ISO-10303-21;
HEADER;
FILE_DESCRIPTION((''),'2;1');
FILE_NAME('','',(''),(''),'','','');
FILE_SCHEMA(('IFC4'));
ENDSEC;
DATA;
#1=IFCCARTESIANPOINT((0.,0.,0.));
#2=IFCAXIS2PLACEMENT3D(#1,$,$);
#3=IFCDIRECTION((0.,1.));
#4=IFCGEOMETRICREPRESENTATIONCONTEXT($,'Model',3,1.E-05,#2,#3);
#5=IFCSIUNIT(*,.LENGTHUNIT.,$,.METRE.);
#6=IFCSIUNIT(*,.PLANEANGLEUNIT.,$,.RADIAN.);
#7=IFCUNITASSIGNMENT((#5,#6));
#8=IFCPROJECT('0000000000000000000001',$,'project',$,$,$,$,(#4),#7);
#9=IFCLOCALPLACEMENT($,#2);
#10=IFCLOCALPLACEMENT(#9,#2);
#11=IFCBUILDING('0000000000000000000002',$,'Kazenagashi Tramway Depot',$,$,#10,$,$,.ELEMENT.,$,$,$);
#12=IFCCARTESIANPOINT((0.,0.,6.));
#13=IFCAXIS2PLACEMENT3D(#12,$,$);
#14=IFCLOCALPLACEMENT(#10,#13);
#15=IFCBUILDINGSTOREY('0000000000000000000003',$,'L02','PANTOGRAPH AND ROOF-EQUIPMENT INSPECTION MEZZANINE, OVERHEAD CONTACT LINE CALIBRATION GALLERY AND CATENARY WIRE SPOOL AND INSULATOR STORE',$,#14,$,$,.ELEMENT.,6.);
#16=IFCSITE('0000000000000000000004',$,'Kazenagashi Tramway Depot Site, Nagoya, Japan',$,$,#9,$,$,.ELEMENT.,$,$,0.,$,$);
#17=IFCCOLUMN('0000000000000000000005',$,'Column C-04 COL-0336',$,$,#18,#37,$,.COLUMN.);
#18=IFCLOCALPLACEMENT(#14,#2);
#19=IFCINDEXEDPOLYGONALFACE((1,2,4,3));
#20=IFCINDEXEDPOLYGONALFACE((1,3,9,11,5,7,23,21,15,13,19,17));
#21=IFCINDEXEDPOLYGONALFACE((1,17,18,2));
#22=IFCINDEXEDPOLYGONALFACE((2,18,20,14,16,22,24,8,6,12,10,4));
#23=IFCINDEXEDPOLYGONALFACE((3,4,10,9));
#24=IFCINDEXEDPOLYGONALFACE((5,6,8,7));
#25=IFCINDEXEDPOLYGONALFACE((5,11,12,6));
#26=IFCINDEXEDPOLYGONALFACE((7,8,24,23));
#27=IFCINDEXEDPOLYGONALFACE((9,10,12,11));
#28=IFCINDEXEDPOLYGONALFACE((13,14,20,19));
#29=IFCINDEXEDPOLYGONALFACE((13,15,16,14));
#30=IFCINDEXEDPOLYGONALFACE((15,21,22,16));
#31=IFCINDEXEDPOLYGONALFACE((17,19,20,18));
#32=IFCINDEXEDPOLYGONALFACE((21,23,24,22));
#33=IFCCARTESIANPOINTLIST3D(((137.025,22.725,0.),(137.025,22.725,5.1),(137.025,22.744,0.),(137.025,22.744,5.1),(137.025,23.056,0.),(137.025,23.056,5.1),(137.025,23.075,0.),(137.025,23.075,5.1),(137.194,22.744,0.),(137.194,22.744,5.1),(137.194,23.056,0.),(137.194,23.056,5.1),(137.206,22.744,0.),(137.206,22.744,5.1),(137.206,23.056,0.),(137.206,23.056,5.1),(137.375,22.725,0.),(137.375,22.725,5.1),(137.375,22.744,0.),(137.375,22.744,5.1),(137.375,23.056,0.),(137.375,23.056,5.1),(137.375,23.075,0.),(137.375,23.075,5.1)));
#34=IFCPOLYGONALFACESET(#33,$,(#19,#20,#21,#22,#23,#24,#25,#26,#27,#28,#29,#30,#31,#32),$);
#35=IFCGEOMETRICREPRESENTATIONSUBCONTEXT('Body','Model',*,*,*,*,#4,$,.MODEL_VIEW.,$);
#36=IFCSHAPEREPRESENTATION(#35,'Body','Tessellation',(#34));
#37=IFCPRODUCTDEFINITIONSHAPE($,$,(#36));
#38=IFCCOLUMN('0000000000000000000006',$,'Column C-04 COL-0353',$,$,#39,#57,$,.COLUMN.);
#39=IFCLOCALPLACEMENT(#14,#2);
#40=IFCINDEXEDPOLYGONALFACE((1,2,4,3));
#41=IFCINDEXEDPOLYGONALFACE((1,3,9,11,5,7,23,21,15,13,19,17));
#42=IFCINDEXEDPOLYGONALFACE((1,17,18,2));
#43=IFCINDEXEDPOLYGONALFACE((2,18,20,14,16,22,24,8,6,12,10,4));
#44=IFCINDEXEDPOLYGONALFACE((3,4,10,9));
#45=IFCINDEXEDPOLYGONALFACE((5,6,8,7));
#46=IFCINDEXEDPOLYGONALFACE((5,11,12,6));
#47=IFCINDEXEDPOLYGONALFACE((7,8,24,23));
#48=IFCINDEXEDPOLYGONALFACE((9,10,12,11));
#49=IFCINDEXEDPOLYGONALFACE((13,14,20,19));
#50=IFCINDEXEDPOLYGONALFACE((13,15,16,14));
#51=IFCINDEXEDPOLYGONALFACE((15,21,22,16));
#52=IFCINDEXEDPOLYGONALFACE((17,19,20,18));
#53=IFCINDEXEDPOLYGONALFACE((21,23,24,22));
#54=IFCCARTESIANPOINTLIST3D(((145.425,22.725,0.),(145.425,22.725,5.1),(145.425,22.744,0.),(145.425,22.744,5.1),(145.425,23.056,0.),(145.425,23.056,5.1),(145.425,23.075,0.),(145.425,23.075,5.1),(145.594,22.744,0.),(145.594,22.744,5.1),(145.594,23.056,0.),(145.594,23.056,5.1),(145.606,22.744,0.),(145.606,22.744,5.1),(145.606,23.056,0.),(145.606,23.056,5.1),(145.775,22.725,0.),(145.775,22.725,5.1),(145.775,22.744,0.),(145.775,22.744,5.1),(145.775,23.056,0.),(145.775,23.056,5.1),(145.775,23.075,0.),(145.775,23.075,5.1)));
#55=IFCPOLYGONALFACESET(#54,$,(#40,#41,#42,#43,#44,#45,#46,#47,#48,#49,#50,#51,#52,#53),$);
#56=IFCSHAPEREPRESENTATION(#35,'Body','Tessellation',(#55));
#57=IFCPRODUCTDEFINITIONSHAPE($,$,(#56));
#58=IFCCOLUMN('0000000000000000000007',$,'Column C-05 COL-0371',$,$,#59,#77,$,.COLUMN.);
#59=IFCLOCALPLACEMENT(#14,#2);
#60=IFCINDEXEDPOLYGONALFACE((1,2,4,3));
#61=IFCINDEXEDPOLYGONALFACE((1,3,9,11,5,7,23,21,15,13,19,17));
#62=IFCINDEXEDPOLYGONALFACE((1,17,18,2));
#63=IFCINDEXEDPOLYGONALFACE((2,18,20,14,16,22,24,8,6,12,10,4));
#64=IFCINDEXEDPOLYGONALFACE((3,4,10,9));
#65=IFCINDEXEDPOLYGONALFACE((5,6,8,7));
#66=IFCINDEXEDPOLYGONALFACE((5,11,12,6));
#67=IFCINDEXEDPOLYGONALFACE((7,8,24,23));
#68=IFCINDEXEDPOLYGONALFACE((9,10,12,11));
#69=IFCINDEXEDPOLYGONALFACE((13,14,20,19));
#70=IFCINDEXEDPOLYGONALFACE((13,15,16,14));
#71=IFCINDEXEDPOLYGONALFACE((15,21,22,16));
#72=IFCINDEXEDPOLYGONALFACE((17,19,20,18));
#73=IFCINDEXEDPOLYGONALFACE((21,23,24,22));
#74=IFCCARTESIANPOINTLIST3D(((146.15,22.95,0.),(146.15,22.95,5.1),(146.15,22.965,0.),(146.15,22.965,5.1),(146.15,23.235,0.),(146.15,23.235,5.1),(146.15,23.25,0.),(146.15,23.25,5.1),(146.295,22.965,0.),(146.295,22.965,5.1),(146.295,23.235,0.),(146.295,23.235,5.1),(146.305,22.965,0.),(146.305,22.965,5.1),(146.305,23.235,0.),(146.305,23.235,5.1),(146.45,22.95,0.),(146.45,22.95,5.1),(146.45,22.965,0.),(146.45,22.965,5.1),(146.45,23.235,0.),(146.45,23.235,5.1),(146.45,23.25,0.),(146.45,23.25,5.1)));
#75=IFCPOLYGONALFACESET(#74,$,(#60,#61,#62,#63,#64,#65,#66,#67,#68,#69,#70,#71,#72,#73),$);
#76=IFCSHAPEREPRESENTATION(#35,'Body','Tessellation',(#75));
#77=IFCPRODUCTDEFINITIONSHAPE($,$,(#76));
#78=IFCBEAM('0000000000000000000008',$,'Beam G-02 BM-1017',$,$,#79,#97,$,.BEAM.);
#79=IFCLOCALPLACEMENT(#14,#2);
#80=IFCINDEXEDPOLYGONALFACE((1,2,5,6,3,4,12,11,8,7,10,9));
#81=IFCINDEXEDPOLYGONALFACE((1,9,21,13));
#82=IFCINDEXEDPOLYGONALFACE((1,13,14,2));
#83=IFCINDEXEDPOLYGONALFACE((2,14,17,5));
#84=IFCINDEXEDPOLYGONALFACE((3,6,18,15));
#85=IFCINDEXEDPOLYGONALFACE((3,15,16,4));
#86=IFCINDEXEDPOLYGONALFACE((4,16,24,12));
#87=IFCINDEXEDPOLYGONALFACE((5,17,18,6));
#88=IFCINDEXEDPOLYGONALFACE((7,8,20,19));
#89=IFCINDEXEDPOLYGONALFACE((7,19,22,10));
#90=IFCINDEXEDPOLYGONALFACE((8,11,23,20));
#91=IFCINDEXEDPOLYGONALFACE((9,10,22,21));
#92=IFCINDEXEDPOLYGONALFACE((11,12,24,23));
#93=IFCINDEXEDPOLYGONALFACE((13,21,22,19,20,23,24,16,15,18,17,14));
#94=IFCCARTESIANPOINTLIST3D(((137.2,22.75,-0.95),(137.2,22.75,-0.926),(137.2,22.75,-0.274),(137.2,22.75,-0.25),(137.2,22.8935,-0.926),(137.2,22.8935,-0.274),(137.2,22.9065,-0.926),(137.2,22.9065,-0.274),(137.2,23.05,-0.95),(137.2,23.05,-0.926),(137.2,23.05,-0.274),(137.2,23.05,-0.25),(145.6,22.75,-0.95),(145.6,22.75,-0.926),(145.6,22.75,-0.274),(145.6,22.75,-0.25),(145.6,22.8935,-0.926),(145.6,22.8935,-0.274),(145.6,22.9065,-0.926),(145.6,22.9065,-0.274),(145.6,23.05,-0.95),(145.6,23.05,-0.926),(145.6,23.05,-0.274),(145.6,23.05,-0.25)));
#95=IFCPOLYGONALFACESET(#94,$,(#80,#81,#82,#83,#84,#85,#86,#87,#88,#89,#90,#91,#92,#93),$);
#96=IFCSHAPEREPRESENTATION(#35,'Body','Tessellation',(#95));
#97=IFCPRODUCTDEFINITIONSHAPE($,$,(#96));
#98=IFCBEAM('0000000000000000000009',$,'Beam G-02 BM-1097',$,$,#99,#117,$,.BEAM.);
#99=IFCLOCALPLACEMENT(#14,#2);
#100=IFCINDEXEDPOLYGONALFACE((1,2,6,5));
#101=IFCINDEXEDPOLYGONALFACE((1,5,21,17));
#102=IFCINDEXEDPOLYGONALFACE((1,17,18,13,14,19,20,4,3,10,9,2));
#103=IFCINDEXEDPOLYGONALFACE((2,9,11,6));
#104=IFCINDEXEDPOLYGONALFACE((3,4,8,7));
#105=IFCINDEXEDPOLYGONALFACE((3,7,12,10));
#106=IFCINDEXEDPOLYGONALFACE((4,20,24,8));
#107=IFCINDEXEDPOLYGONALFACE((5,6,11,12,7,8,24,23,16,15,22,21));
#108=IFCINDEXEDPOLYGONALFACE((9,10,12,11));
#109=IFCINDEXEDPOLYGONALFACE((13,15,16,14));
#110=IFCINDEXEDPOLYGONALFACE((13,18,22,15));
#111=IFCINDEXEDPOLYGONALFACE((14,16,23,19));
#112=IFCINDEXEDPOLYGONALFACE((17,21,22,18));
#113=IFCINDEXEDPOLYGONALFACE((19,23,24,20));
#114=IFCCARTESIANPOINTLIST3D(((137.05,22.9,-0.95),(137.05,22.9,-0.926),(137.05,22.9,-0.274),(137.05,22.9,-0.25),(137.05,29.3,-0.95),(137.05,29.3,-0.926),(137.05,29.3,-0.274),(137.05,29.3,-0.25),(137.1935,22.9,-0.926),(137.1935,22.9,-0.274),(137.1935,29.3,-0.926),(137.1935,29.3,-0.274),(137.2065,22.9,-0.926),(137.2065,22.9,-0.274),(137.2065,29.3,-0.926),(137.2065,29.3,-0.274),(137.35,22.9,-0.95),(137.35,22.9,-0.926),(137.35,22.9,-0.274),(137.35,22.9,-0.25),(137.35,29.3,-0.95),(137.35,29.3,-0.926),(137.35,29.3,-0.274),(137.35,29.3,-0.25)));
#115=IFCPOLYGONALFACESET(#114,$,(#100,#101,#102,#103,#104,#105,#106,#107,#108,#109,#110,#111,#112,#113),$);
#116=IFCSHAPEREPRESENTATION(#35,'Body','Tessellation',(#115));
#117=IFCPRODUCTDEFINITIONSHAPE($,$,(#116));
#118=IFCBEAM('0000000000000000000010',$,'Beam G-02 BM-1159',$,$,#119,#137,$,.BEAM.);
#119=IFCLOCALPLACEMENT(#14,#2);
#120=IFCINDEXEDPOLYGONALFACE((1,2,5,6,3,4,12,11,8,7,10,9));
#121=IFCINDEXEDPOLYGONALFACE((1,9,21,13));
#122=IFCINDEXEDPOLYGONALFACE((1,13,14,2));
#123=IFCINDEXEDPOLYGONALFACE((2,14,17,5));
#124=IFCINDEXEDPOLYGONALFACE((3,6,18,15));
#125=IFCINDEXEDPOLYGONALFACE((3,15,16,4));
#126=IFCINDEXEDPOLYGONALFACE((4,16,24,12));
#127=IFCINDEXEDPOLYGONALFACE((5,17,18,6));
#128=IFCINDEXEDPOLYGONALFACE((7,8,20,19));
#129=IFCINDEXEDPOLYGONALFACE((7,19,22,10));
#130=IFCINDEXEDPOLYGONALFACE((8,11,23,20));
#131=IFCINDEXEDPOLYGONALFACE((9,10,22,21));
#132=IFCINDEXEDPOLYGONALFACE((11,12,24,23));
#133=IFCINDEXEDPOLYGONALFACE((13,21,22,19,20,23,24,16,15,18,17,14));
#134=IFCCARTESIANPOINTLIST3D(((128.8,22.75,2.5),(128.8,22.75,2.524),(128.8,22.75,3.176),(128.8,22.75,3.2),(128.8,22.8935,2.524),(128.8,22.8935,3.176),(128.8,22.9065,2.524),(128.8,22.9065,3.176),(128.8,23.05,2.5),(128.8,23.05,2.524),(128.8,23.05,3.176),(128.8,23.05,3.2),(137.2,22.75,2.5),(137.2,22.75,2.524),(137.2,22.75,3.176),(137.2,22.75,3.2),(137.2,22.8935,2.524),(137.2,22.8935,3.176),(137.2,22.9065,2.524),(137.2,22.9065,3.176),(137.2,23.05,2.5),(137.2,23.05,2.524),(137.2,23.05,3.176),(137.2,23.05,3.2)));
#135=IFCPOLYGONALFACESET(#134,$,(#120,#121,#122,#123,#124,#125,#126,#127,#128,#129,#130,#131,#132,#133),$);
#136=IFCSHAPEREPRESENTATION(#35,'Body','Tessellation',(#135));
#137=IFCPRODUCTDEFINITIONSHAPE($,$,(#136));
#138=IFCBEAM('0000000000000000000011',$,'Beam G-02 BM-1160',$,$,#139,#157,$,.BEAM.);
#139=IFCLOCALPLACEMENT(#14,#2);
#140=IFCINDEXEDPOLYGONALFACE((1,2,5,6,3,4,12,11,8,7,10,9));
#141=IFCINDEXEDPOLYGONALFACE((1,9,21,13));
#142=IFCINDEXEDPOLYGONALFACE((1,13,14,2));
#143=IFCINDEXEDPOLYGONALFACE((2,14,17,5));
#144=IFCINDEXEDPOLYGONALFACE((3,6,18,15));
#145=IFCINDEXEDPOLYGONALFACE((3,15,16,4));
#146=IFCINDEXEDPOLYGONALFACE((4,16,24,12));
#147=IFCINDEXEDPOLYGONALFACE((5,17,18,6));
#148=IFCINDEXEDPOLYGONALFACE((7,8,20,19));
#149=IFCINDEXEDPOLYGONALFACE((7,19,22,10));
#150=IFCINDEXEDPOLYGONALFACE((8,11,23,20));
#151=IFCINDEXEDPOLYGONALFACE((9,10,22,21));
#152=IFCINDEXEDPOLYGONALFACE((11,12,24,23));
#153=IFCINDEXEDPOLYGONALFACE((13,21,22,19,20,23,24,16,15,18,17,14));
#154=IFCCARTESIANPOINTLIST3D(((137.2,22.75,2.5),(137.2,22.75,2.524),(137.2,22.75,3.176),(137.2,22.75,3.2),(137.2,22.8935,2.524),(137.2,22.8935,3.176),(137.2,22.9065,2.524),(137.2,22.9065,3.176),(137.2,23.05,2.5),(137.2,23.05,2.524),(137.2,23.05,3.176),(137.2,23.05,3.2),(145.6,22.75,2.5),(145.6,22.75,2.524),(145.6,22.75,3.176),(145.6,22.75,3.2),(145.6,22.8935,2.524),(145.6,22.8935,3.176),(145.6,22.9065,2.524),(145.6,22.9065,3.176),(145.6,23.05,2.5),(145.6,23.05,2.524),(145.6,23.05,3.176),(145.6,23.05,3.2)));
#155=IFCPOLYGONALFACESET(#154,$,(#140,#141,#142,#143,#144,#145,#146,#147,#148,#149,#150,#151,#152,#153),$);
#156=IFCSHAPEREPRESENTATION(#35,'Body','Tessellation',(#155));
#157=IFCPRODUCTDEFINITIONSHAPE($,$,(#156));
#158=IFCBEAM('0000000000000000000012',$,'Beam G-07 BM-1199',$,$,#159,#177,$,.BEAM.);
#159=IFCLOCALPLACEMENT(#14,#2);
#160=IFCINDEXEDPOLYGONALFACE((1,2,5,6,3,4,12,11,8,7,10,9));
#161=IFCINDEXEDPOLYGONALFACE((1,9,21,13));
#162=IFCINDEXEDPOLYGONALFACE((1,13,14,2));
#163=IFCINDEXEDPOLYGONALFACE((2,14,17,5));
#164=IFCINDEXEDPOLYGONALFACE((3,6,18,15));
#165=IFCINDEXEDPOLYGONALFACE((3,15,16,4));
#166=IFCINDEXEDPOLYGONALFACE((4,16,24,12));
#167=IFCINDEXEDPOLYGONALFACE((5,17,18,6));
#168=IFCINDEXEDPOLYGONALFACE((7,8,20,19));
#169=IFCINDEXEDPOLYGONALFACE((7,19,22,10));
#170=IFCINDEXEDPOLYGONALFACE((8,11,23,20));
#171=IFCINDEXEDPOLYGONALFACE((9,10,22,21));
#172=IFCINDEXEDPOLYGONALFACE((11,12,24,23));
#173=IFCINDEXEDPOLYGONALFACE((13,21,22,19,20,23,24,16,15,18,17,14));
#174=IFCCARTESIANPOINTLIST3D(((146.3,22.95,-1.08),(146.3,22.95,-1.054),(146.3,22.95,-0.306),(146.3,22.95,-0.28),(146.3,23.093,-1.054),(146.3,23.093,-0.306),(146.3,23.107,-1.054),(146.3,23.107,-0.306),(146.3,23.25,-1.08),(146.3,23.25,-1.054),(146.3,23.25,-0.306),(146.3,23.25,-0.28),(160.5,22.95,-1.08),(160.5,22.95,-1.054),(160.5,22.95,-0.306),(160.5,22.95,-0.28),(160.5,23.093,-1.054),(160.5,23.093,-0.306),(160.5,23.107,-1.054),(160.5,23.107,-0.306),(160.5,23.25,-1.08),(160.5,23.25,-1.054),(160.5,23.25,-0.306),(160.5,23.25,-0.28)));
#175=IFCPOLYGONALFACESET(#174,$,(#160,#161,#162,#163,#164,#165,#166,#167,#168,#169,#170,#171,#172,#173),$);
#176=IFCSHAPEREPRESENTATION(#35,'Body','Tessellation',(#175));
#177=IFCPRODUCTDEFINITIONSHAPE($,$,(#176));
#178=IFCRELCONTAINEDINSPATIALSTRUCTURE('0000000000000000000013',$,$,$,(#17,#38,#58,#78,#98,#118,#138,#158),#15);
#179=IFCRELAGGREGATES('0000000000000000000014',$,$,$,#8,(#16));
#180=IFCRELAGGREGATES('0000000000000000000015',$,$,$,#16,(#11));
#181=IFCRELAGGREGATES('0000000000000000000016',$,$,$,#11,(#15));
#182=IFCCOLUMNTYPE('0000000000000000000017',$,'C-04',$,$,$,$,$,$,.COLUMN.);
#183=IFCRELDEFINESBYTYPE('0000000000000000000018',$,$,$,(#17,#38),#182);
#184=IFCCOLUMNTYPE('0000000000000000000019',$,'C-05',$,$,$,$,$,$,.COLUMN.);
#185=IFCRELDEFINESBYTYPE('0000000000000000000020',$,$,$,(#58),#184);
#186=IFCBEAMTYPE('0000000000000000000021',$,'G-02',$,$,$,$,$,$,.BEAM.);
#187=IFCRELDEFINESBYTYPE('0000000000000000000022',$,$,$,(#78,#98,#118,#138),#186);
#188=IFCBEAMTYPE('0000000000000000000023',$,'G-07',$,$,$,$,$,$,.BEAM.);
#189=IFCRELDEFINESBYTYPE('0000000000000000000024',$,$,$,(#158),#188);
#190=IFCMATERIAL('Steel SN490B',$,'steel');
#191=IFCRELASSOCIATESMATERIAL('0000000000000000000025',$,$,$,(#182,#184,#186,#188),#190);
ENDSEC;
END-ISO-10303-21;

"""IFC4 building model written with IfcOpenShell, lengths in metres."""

from ifc_helpers import new_model, si_unit, direction, frame, origin, origin_2d, place, context, subcontext, project, spatial, i_section, extrude, material, material_profile, profile_set, type_object, element, save


model = new_model("IFC4")

# Units and contexts
model_context = context("Model", 3, precision=1e-05, world=origin(), true_north=direction((0.0, 1.0)))
body_context = subcontext(model_context, "Body", "Model", "MODEL_VIEW")
ifc_project = project(units=[si_unit("LENGTHUNIT", "METRE"), si_unit("PLANEANGLEUNIT", "RADIAN")], contexts=[model_context])

# Site, building, storey
site_placement = place(None, origin())
site = spatial("IfcSite", under=ifc_project, at=site_placement, Name="Kazenagashi Tramway Depot Site, Nagoya, Japan", CompositionType="ELEMENT", RefElevation=0.0)
building_placement = place(site_placement, origin())
building = spatial("IfcBuilding", under=site, at=building_placement, Name="Kazenagashi Tramway Depot", CompositionType="ELEMENT")
storey_placement = place(building_placement, frame((0.0, 0.0, 6.0)))
storey = spatial("IfcBuildingStorey", under=building, at=storey_placement, Name="L02", Description="PANTOGRAPH AND ROOF-EQUIPMENT INSPECTION MEZZANINE, OVERHEAD CONTACT LINE CALIBRATION GALLERY AND CATENARY WIRE SPOOL AND INSULATOR STORE", CompositionType="ELEMENT", Elevation=6.0)

# Columns
ifc_material_1 = material(Name="Steel SN490B", Category="steel")
ifc_material_profile_1 = material_profile(ifc_material_1, i_section(OverallWidth=0.35, OverallDepth=0.35, WebThickness=0.012, FlangeThickness=0.019, at=origin_2d()), Name="H-350x350x12x19")
ifc_profile_set_1 = profile_set([ifc_material_profile_1], Name="Steel SN490B")
column_type_1 = type_object("IfcColumnType", Name="C-04", PredefinedType="COLUMN", material=ifc_profile_set_1)
for number, where, z_axis, x_axis, name in (
    (1, (137.2, 22.9, 0.0), (0.0, 0.0, 1.0), (1.0, 0.0, 0.0), "Column C-04 COL-0336"),
    (2, (145.6, 22.9, 0.0), (0.0, 0.0, 1.0), (1.0, 0.0, 0.0), "Column C-04 COL-0353"),
):
    element("IfcColumn", number, at=place(storey_placement, frame(where, z_axis=z_axis, x_axis=x_axis)), inside=storey, type_object=column_type_1, Name=name, PredefinedType="COLUMN", context=body_context, shape_type="SweptSolid", body=[
        extrude(i_section(OverallWidth=0.35, OverallDepth=0.35, WebThickness=0.012, FlangeThickness=0.019, at=origin_2d()), origin(), (0.0, 0.0, 1.0), 5.1),
    ])
ifc_material_profile_2 = material_profile(ifc_material_1, i_section(OverallWidth=0.3, OverallDepth=0.3, WebThickness=0.01, FlangeThickness=0.015, at=origin_2d()), Name="H-300x300x10x15")
ifc_profile_set_2 = profile_set([ifc_material_profile_2], Name="Steel SN490B")
column_type_2 = type_object("IfcColumnType", Name="C-05", PredefinedType="COLUMN", material=ifc_profile_set_2)
column_placement = place(storey_placement, frame((146.3, 23.1, 0.0), z_axis=(0.0, 0.0, 1.0), x_axis=(1.0, 0.0, 0.0)))
element("IfcColumn", 3, at=column_placement, inside=storey, type_object=column_type_2, Name="Column C-05 COL-0371", PredefinedType="COLUMN", context=body_context, shape_type="SweptSolid", body=[
    extrude(i_section(OverallWidth=0.3, OverallDepth=0.3, WebThickness=0.01, FlangeThickness=0.015, at=origin_2d()), origin(), (0.0, 0.0, 1.0), 5.1),
])

# Beams
ifc_material_profile_3 = material_profile(ifc_material_1, i_section(OverallWidth=0.3, OverallDepth=0.7, WebThickness=0.013, FlangeThickness=0.024, at=origin_2d()), Name="H-700x300x13x24")
ifc_profile_set_3 = profile_set([ifc_material_profile_3], Name="Steel SN490B")
beam_type_1 = type_object("IfcBeamType", Name="G-02", PredefinedType="BEAM", material=ifc_profile_set_3)
beam_1_placement = place(storey_placement, frame((137.2, 22.9, -0.6), z_axis=(1.0, 0.0, 0.0), x_axis=(0.0, 1.0, 0.0)))
element("IfcBeam", 4, at=beam_1_placement, inside=storey, type_object=beam_type_1, Name="Beam G-02 BM-1017", PredefinedType="BEAM", context=body_context, shape_type="SweptSolid", body=[
    extrude(i_section(OverallWidth=0.3, OverallDepth=0.7, WebThickness=0.013, FlangeThickness=0.024, at=origin_2d()), origin(), (0.0, 0.0, 1.0), 8.4),
])
beam_2_placement = place(storey_placement, frame((137.2, 22.9, -0.6), z_axis=(0.0, 1.0, 0.0), x_axis=(-1.0, 0.0, 0.0)))
element("IfcBeam", 5, at=beam_2_placement, inside=storey, type_object=beam_type_1, Name="Beam G-02 BM-1097", PredefinedType="BEAM", context=body_context, shape_type="SweptSolid", body=[
    extrude(i_section(OverallWidth=0.3, OverallDepth=0.7, WebThickness=0.013, FlangeThickness=0.024, at=origin_2d()), origin(), (0.0, 0.0, 1.0), 6.4),
])
for number, where, z_axis, x_axis, name in (
    (6, (128.8, 22.9, 2.85), (1.0, 0.0, 0.0), (0.0, 1.0, 0.0), "Beam G-02 BM-1159"),
    (7, (137.2, 22.9, 2.85), (1.0, 0.0, 0.0), (0.0, 1.0, 0.0), "Beam G-02 BM-1160"),
):
    element("IfcBeam", number, at=place(storey_placement, frame(where, z_axis=z_axis, x_axis=x_axis)), inside=storey, type_object=beam_type_1, Name=name, PredefinedType="BEAM", context=body_context, shape_type="SweptSolid", body=[
        extrude(i_section(OverallWidth=0.3, OverallDepth=0.7, WebThickness=0.013, FlangeThickness=0.024, at=origin_2d()), origin(), (0.0, 0.0, 1.0), 8.4),
    ])
ifc_material_profile_4 = material_profile(ifc_material_1, i_section(OverallWidth=0.3, OverallDepth=0.8, WebThickness=0.014, FlangeThickness=0.026, at=origin_2d()), Name="H-800x300x14x26")
ifc_profile_set_4 = profile_set([ifc_material_profile_4], Name="Steel SN490B")
beam_type_2 = type_object("IfcBeamType", Name="G-07", PredefinedType="BEAM", material=ifc_profile_set_4)
beam_3_placement = place(storey_placement, frame((146.3, 23.1, -0.68), z_axis=(1.0, 0.0, 0.0), x_axis=(0.0, 1.0, 0.0)))
element("IfcBeam", 8, at=beam_3_placement, inside=storey, type_object=beam_type_2, Name="Beam G-07 BM-1199", PredefinedType="BEAM", context=body_context, shape_type="SweptSolid", body=[
    extrude(i_section(OverallWidth=0.3, OverallDepth=0.8, WebThickness=0.014, FlangeThickness=0.026, at=origin_2d()), origin(), (0.0, 0.0, 1.0), 14.2),
])

save(model, "model.ifc")
